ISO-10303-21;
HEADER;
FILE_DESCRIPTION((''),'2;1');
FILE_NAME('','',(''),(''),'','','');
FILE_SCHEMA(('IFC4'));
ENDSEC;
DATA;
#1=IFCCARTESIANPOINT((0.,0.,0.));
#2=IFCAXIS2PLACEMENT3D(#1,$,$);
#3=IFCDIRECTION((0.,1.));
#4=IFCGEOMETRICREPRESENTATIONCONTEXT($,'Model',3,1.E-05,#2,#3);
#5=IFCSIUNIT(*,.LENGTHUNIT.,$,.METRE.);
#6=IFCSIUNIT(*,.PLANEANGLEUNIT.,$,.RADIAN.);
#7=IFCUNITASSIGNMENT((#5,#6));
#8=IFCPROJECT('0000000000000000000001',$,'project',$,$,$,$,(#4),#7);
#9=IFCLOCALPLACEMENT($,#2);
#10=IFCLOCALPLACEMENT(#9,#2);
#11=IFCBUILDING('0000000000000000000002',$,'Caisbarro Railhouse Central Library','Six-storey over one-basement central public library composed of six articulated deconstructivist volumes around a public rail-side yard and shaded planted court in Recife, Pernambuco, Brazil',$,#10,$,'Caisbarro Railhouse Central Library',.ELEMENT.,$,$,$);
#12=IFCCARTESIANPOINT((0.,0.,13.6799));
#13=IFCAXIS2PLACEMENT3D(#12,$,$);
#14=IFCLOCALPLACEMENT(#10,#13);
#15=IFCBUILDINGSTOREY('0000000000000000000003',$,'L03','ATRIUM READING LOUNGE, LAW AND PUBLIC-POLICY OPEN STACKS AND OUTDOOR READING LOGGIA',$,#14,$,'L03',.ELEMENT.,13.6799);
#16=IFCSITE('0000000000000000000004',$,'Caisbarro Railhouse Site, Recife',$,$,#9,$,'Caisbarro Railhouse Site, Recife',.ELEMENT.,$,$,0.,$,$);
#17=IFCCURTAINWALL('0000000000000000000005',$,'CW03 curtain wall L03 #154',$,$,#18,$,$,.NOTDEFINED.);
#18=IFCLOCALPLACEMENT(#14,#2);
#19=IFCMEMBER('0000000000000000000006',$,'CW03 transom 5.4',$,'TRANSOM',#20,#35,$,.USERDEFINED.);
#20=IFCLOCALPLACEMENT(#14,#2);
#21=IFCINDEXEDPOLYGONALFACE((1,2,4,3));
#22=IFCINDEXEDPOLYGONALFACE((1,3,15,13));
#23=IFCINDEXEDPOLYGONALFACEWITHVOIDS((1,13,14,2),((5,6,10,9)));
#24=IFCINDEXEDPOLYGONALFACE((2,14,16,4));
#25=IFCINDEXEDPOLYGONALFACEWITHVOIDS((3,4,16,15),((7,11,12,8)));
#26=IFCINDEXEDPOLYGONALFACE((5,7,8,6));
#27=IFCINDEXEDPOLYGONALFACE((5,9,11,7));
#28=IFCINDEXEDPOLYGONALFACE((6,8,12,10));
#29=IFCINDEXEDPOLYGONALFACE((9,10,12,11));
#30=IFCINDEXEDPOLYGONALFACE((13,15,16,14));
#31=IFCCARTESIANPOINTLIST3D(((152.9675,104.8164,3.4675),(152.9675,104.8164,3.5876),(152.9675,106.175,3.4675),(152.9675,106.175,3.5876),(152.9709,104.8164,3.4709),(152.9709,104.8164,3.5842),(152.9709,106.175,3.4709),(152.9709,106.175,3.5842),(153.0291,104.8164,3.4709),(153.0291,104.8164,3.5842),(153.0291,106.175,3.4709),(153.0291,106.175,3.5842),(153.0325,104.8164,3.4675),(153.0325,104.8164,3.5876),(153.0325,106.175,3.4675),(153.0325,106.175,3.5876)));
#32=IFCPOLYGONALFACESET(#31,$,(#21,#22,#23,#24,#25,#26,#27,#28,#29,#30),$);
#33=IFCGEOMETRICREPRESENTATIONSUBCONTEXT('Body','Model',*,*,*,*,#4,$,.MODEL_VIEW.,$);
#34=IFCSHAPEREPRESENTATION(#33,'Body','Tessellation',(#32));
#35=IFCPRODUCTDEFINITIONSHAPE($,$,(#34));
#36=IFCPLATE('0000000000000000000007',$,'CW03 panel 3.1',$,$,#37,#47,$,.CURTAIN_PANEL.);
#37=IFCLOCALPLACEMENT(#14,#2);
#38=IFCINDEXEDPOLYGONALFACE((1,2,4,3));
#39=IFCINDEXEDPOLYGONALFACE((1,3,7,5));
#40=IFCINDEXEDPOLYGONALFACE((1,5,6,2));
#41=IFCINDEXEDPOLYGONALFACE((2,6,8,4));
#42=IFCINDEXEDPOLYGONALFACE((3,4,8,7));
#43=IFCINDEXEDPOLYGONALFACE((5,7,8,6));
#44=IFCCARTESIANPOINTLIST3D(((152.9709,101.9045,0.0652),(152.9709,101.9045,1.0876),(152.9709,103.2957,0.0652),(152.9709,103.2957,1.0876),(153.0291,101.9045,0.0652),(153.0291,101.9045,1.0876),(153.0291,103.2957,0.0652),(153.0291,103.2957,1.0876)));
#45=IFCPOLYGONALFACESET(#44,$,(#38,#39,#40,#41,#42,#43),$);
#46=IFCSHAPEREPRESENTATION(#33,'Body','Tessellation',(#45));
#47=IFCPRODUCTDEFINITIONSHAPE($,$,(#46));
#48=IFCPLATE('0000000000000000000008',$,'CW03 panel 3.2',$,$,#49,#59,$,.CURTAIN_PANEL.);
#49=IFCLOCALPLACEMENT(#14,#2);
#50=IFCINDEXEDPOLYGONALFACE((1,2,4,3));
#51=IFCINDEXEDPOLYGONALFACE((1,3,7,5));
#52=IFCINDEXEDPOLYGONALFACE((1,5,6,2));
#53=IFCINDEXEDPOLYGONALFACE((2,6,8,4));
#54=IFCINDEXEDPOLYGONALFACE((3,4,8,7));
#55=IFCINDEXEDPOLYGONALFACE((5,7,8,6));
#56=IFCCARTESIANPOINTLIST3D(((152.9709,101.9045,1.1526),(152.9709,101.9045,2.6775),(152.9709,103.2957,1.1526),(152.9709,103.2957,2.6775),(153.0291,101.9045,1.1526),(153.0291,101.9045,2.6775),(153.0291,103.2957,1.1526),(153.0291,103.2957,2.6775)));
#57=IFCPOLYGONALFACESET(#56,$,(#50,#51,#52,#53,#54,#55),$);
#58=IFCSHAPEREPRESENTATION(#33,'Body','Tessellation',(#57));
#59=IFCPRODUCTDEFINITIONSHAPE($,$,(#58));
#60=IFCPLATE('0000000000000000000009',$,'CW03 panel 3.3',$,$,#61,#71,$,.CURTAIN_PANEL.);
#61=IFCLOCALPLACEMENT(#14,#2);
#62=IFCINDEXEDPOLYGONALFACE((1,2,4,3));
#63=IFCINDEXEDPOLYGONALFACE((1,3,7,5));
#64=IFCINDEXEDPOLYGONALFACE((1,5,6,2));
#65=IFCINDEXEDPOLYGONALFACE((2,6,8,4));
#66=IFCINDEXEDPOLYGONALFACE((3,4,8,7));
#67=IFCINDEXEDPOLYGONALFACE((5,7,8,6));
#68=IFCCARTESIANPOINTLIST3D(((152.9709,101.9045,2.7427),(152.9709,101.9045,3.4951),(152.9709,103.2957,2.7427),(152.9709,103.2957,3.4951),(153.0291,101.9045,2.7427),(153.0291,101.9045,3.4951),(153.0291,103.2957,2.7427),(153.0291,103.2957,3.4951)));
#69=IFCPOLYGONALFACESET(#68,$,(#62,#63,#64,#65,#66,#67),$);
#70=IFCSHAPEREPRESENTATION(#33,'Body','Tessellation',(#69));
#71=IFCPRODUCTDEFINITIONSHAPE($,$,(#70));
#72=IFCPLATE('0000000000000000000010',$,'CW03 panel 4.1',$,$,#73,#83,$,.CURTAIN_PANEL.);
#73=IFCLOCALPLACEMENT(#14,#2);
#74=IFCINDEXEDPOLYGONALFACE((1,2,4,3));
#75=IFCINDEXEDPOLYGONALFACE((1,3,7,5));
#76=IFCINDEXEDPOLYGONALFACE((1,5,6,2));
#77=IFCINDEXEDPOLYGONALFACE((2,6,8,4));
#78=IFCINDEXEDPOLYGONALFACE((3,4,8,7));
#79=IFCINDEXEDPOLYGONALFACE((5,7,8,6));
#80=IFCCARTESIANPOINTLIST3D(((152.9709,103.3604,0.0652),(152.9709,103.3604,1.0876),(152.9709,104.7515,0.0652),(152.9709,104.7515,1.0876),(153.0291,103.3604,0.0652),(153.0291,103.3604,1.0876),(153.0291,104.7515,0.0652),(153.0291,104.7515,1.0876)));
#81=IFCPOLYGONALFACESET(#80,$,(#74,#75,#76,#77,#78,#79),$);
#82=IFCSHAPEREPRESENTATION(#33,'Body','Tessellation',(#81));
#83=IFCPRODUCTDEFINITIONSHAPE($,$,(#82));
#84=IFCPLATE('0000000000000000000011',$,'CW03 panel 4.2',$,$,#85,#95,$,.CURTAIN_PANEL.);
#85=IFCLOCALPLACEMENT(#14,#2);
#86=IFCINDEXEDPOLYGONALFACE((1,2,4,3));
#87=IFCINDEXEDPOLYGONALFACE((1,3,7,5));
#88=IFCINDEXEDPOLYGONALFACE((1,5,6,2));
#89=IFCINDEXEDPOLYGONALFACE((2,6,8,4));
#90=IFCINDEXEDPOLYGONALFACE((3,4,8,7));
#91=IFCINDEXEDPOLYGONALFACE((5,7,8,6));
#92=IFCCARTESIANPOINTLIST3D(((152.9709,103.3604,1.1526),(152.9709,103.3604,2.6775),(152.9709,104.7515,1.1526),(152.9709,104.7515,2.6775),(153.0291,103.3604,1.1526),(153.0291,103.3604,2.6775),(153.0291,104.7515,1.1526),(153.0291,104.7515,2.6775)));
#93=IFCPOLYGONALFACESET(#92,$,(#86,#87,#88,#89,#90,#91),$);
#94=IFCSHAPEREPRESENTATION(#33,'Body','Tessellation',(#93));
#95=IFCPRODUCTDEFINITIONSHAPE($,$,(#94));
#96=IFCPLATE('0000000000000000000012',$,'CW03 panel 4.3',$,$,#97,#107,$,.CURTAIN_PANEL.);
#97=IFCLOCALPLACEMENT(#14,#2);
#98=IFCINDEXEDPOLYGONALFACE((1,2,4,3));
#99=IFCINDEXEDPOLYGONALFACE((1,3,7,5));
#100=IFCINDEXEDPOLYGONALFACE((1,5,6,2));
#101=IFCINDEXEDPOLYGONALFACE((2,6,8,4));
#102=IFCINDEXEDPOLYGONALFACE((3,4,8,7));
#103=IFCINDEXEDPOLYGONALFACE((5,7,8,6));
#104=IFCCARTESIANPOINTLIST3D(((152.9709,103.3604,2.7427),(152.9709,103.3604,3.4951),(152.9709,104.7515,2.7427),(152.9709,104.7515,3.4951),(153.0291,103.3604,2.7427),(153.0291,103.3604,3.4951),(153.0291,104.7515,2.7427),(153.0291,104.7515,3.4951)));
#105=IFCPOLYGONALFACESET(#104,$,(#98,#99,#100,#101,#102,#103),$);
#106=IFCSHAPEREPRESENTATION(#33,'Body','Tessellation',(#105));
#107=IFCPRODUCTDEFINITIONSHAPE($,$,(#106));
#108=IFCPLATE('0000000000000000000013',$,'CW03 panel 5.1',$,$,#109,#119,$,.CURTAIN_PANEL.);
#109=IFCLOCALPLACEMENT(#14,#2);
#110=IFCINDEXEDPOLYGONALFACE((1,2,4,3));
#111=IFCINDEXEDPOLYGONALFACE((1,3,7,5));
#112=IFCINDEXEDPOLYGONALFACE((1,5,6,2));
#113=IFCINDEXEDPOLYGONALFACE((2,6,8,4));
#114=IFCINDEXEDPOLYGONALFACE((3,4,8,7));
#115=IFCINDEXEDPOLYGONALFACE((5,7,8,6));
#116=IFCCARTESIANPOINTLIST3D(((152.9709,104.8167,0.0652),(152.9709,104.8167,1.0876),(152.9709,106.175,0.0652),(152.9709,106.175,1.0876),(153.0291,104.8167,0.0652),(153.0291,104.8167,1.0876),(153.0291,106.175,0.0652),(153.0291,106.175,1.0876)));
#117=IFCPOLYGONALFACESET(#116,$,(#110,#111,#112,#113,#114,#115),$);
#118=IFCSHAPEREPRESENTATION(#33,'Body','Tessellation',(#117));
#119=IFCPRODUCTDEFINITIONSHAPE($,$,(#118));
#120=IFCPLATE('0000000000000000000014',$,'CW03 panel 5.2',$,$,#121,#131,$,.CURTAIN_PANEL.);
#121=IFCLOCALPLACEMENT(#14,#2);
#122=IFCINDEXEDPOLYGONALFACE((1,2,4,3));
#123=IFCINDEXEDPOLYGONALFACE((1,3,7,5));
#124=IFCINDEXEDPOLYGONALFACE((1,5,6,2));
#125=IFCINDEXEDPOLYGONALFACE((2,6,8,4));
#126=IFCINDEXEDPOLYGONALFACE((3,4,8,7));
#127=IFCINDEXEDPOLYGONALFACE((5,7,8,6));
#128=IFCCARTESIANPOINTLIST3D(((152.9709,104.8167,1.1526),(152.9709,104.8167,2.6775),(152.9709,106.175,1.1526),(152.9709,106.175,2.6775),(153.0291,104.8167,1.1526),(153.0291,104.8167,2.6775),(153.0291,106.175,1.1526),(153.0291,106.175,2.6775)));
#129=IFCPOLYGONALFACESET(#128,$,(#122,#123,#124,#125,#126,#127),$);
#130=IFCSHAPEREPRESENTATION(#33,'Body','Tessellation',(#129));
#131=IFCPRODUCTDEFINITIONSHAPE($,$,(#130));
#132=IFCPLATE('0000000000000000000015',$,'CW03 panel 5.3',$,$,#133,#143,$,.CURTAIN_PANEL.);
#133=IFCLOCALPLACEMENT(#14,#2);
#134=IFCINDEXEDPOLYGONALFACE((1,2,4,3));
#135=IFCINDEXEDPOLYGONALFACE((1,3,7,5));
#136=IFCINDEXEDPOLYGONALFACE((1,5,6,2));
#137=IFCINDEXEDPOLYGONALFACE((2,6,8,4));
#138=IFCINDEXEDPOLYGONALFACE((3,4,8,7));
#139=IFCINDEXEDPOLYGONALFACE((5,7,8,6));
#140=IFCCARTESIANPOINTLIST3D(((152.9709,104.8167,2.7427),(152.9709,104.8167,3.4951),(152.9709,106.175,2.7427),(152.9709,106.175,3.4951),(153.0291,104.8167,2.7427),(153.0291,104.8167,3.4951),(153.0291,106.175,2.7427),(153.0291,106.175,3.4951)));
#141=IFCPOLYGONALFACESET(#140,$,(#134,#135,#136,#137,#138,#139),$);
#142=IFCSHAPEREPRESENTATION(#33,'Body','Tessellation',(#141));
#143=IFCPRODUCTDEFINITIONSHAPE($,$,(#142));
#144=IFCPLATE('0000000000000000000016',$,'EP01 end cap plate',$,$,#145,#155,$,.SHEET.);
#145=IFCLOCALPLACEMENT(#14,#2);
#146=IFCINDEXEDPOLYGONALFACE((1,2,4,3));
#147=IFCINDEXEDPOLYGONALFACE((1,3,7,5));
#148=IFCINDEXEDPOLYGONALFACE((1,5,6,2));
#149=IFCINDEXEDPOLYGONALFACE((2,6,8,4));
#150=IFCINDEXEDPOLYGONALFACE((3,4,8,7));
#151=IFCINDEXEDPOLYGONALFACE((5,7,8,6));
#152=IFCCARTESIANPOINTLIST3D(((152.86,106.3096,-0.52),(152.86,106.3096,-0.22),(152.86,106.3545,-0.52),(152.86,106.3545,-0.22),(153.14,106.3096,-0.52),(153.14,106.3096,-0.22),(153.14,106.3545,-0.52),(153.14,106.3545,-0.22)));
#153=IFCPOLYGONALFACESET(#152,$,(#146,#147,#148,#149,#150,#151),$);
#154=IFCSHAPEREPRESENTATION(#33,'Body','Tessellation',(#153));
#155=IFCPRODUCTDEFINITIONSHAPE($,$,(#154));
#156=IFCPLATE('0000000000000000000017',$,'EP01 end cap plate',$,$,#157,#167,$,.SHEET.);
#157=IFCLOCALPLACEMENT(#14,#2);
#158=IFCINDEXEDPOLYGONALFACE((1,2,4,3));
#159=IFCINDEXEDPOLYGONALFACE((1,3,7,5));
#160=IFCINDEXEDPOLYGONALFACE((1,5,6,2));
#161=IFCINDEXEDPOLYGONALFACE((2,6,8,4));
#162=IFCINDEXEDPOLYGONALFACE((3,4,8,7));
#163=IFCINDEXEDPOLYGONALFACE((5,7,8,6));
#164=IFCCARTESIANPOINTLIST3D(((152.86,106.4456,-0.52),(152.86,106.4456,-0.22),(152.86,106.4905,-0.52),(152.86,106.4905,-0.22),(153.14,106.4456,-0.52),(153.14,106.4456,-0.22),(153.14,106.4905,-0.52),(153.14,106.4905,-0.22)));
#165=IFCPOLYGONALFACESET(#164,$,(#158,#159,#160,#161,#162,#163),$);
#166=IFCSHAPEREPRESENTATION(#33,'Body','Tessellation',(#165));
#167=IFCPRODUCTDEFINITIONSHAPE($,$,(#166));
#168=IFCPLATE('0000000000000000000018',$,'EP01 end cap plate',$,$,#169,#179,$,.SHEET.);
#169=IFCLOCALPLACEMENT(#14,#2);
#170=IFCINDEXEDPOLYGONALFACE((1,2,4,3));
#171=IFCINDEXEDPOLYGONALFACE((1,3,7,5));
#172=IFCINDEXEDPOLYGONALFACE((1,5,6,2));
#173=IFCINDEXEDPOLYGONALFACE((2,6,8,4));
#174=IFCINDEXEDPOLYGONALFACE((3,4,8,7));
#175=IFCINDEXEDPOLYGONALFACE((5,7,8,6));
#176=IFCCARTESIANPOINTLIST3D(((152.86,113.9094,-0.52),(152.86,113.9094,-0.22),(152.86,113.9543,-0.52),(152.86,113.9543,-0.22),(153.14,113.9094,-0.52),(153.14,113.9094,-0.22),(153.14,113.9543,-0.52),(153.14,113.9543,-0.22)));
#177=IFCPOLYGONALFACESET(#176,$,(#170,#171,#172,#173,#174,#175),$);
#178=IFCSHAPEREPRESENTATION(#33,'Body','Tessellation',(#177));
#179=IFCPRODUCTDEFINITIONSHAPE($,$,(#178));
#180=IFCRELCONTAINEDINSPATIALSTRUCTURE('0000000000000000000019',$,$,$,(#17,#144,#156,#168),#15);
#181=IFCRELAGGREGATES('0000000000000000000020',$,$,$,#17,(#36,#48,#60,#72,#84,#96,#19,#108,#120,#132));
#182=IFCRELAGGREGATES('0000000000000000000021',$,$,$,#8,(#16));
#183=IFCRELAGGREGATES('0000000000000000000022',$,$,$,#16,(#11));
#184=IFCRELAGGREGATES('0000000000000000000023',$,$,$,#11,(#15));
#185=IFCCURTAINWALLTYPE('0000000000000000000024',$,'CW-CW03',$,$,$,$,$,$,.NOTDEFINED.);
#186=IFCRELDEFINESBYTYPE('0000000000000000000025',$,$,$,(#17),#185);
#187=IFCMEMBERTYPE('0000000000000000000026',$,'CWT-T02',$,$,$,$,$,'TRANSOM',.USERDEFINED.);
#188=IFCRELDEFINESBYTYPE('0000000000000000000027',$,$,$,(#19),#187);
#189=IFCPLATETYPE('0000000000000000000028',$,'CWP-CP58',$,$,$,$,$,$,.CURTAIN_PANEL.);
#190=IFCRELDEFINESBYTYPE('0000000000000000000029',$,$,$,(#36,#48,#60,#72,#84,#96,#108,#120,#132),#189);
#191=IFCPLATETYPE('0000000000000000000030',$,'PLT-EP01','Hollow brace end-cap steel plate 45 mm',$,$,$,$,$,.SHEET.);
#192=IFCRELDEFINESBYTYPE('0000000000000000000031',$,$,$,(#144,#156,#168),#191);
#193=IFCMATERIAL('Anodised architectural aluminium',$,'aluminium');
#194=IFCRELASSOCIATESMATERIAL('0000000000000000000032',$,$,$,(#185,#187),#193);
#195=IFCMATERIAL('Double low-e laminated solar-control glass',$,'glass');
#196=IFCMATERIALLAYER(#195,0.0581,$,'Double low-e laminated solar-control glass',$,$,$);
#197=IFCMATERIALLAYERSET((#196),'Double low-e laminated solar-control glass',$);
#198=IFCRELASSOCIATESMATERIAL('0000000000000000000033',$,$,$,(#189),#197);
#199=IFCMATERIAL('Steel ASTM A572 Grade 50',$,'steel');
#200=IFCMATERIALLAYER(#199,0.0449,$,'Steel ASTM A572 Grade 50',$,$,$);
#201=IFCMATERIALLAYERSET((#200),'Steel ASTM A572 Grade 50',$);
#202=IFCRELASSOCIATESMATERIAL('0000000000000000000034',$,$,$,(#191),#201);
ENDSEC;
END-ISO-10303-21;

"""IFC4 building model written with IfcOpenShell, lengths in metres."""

from ifc_helpers import new_model, si_unit, direction, frame, origin, origin_2d, place, context, subcontext, project, spatial, rectangle, hollow_rectangle, extrude, material, layer, layer_set, material_profile, profile_set, type_object, element, aggregate, save


model = new_model("IFC4")

# Units and contexts
model_context = context("Model", 3, precision=1e-05, world=origin(), true_north=direction((0.0, 1.0)))
body_context = subcontext(model_context, "Body", "Model", "MODEL_VIEW")
ifc_project = project(units=[si_unit("LENGTHUNIT", "METRE"), si_unit("PLANEANGLEUNIT", "RADIAN")], contexts=[model_context])

# Site, building, storey
site_placement = place(None, origin())
site = spatial("IfcSite", under=ifc_project, at=site_placement, Name="Caisbarro Railhouse Site, Recife", LongName="Caisbarro Railhouse Site, Recife", CompositionType="ELEMENT", RefElevation=0.0)
building_placement = place(site_placement, origin())
building = spatial("IfcBuilding", under=site, at=building_placement, Name="Caisbarro Railhouse Central Library", Description="Six-storey over one-basement central public library composed of six articulated deconstructivist volumes around a public rail-side yard and shaded planted court in Recife, Pernambuco, Brazil", LongName="Caisbarro Railhouse Central Library", CompositionType="ELEMENT")
storey_placement = place(building_placement, frame((0.0, 0.0, 13.6799)))
storey = spatial("IfcBuildingStorey", under=building, at=storey_placement, Name="L03", Description="ATRIUM READING LOUNGE, LAW AND PUBLIC-POLICY OPEN STACKS AND OUTDOOR READING LOGGIA", LongName="L03", CompositionType="ELEMENT", Elevation=13.6799)

# Shared definitions
ifc_material_1 = material(Name="Steel ASTM A572 Grade 50", Category="steel")

# Curtain wall, member, plates
ifc_material_2 = material(Name="Anodised architectural aluminium", Category="aluminium")
curtain_wall_type = type_object("IfcCurtainWallType", Name="CW-CW03", PredefinedType="NOTDEFINED", material=ifc_material_2)
curtain_wall_placement = place(storey_placement, origin())
curtain_wall = element("IfcCurtainWall", 1, at=curtain_wall_placement, inside=storey, type_object=curtain_wall_type, Name="CW03 curtain wall L03 #154", PredefinedType="NOTDEFINED")
ifc_material_profile_1 = material_profile(ifc_material_2, hollow_rectangle(XDim=0.0649, YDim=0.1201, WallThickness=0.0034, at=origin_2d()), Name="ALU-TRN-65X120")
ifc_profile_set_1 = profile_set([ifc_material_profile_1], Name="Anodised architectural aluminium")
member_type_1 = type_object("IfcMemberType", Name="CWT-T02", ElementType="TRANSOM", PredefinedType="USERDEFINED", material=ifc_profile_set_1)
member_1_placement = place(storey_placement, frame((153.0, 104.8164, 3.5276), z_axis=(0.0, 1.0, 0.0), x_axis=(-1.0, 0.0, 0.0)))
member_1 = element("IfcMember", 2, at=member_1_placement, type_object=member_type_1, Name="CW03 transom 5.4", ObjectType="TRANSOM", PredefinedType="USERDEFINED", context=body_context, shape_type="SweptSolid", body=[
    extrude(hollow_rectangle(XDim=0.0649, YDim=0.1201, WallThickness=0.0034, at=origin_2d()), origin(), (0.0, 0.0, 1.0), 1.3586),
])
ifc_material_3 = material(Name="Double low-e laminated solar-control glass", Category="glass")
ifc_layer_1 = layer(ifc_material_3, 0.0581, Name="Double low-e laminated solar-control glass")
ifc_layer_set_1 = layer_set([ifc_layer_1], Name="Double low-e laminated solar-control glass")
plate_type_1 = type_object("IfcPlateType", Name="CWP-CP58", PredefinedType="CURTAIN_PANEL", material=ifc_layer_set_1)
plate_1_placement = place(storey_placement, frame((153.0, 102.6001, 0.0652), z_axis=(0.0, 0.0, 1.0), x_axis=(0.0, 1.0, 0.0)))
plate_1 = element("IfcPlate", 3, at=plate_1_placement, type_object=plate_type_1, Name="CW03 panel 3.1", PredefinedType="CURTAIN_PANEL", context=body_context, shape_type="SweptSolid", body=[
    extrude(rectangle(XDim=1.3911, YDim=0.0581, at=origin_2d()), origin(), (0.0, 0.0, 1.0), 1.0225),
])
plate_2_placement = place(storey_placement, frame((153.0, 102.6001, 1.1526), z_axis=(0.0, 0.0, 1.0), x_axis=(0.0, 1.0, 0.0)))
plate_2 = element("IfcPlate", 4, at=plate_2_placement, type_object=plate_type_1, Name="CW03 panel 3.2", PredefinedType="CURTAIN_PANEL", context=body_context, shape_type="SweptSolid", body=[
    extrude(rectangle(XDim=1.3911, YDim=0.0581, at=origin_2d()), origin(), (0.0, 0.0, 1.0), 1.5249),
])
plate_3_placement = place(storey_placement, frame((153.0, 102.6001, 2.7427), z_axis=(0.0, 0.0, 1.0), x_axis=(0.0, 1.0, 0.0)))
plate_3 = element("IfcPlate", 5, at=plate_3_placement, type_object=plate_type_1, Name="CW03 panel 3.3", PredefinedType="CURTAIN_PANEL", context=body_context, shape_type="SweptSolid", body=[
    extrude(rectangle(XDim=1.3911, YDim=0.0581, at=origin_2d()), origin(), (0.0, 0.0, 1.0), 0.7524),
])
plate_4_placement = place(storey_placement, frame((153.0, 104.0559, 0.0652), z_axis=(0.0, 0.0, 1.0), x_axis=(0.0, 1.0, 0.0)))
plate_4 = element("IfcPlate", 6, at=plate_4_placement, type_object=plate_type_1, Name="CW03 panel 4.1", PredefinedType="CURTAIN_PANEL", context=body_context, shape_type="SweptSolid", body=[
    extrude(rectangle(XDim=1.3911, YDim=0.0581, at=origin_2d()), origin(), (0.0, 0.0, 1.0), 1.0225),
])
plate_5_placement = place(storey_placement, frame((153.0, 104.0559, 1.1526), z_axis=(0.0, 0.0, 1.0), x_axis=(0.0, 1.0, 0.0)))
plate_5 = element("IfcPlate", 7, at=plate_5_placement, type_object=plate_type_1, Name="CW03 panel 4.2", PredefinedType="CURTAIN_PANEL", context=body_context, shape_type="SweptSolid", body=[
    extrude(rectangle(XDim=1.3911, YDim=0.0581, at=origin_2d()), origin(), (0.0, 0.0, 1.0), 1.5249),
])
plate_6_placement = place(storey_placement, frame((153.0, 104.0559, 2.7427), z_axis=(0.0, 0.0, 1.0), x_axis=(0.0, 1.0, 0.0)))
plate_6 = element("IfcPlate", 8, at=plate_6_placement, type_object=plate_type_1, Name="CW03 panel 4.3", PredefinedType="CURTAIN_PANEL", context=body_context, shape_type="SweptSolid", body=[
    extrude(rectangle(XDim=1.3911, YDim=0.0581, at=origin_2d()), origin(), (0.0, 0.0, 1.0), 0.7524),
])
plate_7_placement = place(storey_placement, frame((153.0, 105.4958, 0.0652), z_axis=(0.0, 0.0, 1.0), x_axis=(0.0, 1.0, 0.0)))
plate_7 = element("IfcPlate", 9, at=plate_7_placement, type_object=plate_type_1, Name="CW03 panel 5.1", PredefinedType="CURTAIN_PANEL", context=body_context, shape_type="SweptSolid", body=[
    extrude(rectangle(XDim=1.3584, YDim=0.0581, at=origin_2d()), origin(), (0.0, 0.0, 1.0), 1.0225),
])
plate_8_placement = place(storey_placement, frame((153.0, 105.4958, 1.1526), z_axis=(0.0, 0.0, 1.0), x_axis=(0.0, 1.0, 0.0)))
plate_8 = element("IfcPlate", 10, at=plate_8_placement, type_object=plate_type_1, Name="CW03 panel 5.2", PredefinedType="CURTAIN_PANEL", context=body_context, shape_type="SweptSolid", body=[
    extrude(rectangle(XDim=1.3584, YDim=0.0581, at=origin_2d()), origin(), (0.0, 0.0, 1.0), 1.5249),
])
plate_9_placement = place(storey_placement, frame((153.0, 105.4958, 2.7427), z_axis=(0.0, 0.0, 1.0), x_axis=(0.0, 1.0, 0.0)))
plate_9 = element("IfcPlate", 11, at=plate_9_placement, type_object=plate_type_1, Name="CW03 panel 5.3", PredefinedType="CURTAIN_PANEL", context=body_context, shape_type="SweptSolid", body=[
    extrude(rectangle(XDim=1.3584, YDim=0.0581, at=origin_2d()), origin(), (0.0, 0.0, 1.0), 0.7524),
])
aggregate(curtain_wall, [plate_1, plate_2, plate_3, plate_4, plate_5, plate_6, member_1, plate_7, plate_8, plate_9])

# Plates
ifc_layer_2 = layer(ifc_material_1, 0.0449, Name="Steel ASTM A572 Grade 50")
ifc_layer_set_2 = layer_set([ifc_layer_2], Name="Steel ASTM A572 Grade 50")
plate_type_2 = type_object("IfcPlateType", Name="PLT-EP01", Description="Hollow brace end-cap steel plate 45 mm", PredefinedType="SHEET", material=ifc_layer_set_2)
for number, where, z_axis, x_axis, name in (
    (12, (153.0, 106.332, -0.52), (0.0, 0.0, 1.0), (0.0, 1.0, 0.0), "EP01 end cap plate"),
    (13, (153.0, 106.468, -0.52), (0.0, 0.0, 1.0), (0.0, 1.0, 0.0), "EP01 end cap plate"),
    (14, (153.0, 113.9319, -0.52), (0.0, 0.0, 1.0), (0.0, 1.0, 0.0), "EP01 end cap plate"),
):
    element("IfcPlate", number, at=place(storey_placement, frame(where, z_axis=z_axis, x_axis=x_axis)), inside=storey, type_object=plate_type_2, Name=name, PredefinedType="SHEET", context=body_context, shape_type="SweptSolid", body=[
        extrude(rectangle(XDim=0.0449, YDim=0.28, at=origin_2d()), origin(), (0.0, 0.0, 1.0), 0.3),
    ])

save(model, "model.ifc")
